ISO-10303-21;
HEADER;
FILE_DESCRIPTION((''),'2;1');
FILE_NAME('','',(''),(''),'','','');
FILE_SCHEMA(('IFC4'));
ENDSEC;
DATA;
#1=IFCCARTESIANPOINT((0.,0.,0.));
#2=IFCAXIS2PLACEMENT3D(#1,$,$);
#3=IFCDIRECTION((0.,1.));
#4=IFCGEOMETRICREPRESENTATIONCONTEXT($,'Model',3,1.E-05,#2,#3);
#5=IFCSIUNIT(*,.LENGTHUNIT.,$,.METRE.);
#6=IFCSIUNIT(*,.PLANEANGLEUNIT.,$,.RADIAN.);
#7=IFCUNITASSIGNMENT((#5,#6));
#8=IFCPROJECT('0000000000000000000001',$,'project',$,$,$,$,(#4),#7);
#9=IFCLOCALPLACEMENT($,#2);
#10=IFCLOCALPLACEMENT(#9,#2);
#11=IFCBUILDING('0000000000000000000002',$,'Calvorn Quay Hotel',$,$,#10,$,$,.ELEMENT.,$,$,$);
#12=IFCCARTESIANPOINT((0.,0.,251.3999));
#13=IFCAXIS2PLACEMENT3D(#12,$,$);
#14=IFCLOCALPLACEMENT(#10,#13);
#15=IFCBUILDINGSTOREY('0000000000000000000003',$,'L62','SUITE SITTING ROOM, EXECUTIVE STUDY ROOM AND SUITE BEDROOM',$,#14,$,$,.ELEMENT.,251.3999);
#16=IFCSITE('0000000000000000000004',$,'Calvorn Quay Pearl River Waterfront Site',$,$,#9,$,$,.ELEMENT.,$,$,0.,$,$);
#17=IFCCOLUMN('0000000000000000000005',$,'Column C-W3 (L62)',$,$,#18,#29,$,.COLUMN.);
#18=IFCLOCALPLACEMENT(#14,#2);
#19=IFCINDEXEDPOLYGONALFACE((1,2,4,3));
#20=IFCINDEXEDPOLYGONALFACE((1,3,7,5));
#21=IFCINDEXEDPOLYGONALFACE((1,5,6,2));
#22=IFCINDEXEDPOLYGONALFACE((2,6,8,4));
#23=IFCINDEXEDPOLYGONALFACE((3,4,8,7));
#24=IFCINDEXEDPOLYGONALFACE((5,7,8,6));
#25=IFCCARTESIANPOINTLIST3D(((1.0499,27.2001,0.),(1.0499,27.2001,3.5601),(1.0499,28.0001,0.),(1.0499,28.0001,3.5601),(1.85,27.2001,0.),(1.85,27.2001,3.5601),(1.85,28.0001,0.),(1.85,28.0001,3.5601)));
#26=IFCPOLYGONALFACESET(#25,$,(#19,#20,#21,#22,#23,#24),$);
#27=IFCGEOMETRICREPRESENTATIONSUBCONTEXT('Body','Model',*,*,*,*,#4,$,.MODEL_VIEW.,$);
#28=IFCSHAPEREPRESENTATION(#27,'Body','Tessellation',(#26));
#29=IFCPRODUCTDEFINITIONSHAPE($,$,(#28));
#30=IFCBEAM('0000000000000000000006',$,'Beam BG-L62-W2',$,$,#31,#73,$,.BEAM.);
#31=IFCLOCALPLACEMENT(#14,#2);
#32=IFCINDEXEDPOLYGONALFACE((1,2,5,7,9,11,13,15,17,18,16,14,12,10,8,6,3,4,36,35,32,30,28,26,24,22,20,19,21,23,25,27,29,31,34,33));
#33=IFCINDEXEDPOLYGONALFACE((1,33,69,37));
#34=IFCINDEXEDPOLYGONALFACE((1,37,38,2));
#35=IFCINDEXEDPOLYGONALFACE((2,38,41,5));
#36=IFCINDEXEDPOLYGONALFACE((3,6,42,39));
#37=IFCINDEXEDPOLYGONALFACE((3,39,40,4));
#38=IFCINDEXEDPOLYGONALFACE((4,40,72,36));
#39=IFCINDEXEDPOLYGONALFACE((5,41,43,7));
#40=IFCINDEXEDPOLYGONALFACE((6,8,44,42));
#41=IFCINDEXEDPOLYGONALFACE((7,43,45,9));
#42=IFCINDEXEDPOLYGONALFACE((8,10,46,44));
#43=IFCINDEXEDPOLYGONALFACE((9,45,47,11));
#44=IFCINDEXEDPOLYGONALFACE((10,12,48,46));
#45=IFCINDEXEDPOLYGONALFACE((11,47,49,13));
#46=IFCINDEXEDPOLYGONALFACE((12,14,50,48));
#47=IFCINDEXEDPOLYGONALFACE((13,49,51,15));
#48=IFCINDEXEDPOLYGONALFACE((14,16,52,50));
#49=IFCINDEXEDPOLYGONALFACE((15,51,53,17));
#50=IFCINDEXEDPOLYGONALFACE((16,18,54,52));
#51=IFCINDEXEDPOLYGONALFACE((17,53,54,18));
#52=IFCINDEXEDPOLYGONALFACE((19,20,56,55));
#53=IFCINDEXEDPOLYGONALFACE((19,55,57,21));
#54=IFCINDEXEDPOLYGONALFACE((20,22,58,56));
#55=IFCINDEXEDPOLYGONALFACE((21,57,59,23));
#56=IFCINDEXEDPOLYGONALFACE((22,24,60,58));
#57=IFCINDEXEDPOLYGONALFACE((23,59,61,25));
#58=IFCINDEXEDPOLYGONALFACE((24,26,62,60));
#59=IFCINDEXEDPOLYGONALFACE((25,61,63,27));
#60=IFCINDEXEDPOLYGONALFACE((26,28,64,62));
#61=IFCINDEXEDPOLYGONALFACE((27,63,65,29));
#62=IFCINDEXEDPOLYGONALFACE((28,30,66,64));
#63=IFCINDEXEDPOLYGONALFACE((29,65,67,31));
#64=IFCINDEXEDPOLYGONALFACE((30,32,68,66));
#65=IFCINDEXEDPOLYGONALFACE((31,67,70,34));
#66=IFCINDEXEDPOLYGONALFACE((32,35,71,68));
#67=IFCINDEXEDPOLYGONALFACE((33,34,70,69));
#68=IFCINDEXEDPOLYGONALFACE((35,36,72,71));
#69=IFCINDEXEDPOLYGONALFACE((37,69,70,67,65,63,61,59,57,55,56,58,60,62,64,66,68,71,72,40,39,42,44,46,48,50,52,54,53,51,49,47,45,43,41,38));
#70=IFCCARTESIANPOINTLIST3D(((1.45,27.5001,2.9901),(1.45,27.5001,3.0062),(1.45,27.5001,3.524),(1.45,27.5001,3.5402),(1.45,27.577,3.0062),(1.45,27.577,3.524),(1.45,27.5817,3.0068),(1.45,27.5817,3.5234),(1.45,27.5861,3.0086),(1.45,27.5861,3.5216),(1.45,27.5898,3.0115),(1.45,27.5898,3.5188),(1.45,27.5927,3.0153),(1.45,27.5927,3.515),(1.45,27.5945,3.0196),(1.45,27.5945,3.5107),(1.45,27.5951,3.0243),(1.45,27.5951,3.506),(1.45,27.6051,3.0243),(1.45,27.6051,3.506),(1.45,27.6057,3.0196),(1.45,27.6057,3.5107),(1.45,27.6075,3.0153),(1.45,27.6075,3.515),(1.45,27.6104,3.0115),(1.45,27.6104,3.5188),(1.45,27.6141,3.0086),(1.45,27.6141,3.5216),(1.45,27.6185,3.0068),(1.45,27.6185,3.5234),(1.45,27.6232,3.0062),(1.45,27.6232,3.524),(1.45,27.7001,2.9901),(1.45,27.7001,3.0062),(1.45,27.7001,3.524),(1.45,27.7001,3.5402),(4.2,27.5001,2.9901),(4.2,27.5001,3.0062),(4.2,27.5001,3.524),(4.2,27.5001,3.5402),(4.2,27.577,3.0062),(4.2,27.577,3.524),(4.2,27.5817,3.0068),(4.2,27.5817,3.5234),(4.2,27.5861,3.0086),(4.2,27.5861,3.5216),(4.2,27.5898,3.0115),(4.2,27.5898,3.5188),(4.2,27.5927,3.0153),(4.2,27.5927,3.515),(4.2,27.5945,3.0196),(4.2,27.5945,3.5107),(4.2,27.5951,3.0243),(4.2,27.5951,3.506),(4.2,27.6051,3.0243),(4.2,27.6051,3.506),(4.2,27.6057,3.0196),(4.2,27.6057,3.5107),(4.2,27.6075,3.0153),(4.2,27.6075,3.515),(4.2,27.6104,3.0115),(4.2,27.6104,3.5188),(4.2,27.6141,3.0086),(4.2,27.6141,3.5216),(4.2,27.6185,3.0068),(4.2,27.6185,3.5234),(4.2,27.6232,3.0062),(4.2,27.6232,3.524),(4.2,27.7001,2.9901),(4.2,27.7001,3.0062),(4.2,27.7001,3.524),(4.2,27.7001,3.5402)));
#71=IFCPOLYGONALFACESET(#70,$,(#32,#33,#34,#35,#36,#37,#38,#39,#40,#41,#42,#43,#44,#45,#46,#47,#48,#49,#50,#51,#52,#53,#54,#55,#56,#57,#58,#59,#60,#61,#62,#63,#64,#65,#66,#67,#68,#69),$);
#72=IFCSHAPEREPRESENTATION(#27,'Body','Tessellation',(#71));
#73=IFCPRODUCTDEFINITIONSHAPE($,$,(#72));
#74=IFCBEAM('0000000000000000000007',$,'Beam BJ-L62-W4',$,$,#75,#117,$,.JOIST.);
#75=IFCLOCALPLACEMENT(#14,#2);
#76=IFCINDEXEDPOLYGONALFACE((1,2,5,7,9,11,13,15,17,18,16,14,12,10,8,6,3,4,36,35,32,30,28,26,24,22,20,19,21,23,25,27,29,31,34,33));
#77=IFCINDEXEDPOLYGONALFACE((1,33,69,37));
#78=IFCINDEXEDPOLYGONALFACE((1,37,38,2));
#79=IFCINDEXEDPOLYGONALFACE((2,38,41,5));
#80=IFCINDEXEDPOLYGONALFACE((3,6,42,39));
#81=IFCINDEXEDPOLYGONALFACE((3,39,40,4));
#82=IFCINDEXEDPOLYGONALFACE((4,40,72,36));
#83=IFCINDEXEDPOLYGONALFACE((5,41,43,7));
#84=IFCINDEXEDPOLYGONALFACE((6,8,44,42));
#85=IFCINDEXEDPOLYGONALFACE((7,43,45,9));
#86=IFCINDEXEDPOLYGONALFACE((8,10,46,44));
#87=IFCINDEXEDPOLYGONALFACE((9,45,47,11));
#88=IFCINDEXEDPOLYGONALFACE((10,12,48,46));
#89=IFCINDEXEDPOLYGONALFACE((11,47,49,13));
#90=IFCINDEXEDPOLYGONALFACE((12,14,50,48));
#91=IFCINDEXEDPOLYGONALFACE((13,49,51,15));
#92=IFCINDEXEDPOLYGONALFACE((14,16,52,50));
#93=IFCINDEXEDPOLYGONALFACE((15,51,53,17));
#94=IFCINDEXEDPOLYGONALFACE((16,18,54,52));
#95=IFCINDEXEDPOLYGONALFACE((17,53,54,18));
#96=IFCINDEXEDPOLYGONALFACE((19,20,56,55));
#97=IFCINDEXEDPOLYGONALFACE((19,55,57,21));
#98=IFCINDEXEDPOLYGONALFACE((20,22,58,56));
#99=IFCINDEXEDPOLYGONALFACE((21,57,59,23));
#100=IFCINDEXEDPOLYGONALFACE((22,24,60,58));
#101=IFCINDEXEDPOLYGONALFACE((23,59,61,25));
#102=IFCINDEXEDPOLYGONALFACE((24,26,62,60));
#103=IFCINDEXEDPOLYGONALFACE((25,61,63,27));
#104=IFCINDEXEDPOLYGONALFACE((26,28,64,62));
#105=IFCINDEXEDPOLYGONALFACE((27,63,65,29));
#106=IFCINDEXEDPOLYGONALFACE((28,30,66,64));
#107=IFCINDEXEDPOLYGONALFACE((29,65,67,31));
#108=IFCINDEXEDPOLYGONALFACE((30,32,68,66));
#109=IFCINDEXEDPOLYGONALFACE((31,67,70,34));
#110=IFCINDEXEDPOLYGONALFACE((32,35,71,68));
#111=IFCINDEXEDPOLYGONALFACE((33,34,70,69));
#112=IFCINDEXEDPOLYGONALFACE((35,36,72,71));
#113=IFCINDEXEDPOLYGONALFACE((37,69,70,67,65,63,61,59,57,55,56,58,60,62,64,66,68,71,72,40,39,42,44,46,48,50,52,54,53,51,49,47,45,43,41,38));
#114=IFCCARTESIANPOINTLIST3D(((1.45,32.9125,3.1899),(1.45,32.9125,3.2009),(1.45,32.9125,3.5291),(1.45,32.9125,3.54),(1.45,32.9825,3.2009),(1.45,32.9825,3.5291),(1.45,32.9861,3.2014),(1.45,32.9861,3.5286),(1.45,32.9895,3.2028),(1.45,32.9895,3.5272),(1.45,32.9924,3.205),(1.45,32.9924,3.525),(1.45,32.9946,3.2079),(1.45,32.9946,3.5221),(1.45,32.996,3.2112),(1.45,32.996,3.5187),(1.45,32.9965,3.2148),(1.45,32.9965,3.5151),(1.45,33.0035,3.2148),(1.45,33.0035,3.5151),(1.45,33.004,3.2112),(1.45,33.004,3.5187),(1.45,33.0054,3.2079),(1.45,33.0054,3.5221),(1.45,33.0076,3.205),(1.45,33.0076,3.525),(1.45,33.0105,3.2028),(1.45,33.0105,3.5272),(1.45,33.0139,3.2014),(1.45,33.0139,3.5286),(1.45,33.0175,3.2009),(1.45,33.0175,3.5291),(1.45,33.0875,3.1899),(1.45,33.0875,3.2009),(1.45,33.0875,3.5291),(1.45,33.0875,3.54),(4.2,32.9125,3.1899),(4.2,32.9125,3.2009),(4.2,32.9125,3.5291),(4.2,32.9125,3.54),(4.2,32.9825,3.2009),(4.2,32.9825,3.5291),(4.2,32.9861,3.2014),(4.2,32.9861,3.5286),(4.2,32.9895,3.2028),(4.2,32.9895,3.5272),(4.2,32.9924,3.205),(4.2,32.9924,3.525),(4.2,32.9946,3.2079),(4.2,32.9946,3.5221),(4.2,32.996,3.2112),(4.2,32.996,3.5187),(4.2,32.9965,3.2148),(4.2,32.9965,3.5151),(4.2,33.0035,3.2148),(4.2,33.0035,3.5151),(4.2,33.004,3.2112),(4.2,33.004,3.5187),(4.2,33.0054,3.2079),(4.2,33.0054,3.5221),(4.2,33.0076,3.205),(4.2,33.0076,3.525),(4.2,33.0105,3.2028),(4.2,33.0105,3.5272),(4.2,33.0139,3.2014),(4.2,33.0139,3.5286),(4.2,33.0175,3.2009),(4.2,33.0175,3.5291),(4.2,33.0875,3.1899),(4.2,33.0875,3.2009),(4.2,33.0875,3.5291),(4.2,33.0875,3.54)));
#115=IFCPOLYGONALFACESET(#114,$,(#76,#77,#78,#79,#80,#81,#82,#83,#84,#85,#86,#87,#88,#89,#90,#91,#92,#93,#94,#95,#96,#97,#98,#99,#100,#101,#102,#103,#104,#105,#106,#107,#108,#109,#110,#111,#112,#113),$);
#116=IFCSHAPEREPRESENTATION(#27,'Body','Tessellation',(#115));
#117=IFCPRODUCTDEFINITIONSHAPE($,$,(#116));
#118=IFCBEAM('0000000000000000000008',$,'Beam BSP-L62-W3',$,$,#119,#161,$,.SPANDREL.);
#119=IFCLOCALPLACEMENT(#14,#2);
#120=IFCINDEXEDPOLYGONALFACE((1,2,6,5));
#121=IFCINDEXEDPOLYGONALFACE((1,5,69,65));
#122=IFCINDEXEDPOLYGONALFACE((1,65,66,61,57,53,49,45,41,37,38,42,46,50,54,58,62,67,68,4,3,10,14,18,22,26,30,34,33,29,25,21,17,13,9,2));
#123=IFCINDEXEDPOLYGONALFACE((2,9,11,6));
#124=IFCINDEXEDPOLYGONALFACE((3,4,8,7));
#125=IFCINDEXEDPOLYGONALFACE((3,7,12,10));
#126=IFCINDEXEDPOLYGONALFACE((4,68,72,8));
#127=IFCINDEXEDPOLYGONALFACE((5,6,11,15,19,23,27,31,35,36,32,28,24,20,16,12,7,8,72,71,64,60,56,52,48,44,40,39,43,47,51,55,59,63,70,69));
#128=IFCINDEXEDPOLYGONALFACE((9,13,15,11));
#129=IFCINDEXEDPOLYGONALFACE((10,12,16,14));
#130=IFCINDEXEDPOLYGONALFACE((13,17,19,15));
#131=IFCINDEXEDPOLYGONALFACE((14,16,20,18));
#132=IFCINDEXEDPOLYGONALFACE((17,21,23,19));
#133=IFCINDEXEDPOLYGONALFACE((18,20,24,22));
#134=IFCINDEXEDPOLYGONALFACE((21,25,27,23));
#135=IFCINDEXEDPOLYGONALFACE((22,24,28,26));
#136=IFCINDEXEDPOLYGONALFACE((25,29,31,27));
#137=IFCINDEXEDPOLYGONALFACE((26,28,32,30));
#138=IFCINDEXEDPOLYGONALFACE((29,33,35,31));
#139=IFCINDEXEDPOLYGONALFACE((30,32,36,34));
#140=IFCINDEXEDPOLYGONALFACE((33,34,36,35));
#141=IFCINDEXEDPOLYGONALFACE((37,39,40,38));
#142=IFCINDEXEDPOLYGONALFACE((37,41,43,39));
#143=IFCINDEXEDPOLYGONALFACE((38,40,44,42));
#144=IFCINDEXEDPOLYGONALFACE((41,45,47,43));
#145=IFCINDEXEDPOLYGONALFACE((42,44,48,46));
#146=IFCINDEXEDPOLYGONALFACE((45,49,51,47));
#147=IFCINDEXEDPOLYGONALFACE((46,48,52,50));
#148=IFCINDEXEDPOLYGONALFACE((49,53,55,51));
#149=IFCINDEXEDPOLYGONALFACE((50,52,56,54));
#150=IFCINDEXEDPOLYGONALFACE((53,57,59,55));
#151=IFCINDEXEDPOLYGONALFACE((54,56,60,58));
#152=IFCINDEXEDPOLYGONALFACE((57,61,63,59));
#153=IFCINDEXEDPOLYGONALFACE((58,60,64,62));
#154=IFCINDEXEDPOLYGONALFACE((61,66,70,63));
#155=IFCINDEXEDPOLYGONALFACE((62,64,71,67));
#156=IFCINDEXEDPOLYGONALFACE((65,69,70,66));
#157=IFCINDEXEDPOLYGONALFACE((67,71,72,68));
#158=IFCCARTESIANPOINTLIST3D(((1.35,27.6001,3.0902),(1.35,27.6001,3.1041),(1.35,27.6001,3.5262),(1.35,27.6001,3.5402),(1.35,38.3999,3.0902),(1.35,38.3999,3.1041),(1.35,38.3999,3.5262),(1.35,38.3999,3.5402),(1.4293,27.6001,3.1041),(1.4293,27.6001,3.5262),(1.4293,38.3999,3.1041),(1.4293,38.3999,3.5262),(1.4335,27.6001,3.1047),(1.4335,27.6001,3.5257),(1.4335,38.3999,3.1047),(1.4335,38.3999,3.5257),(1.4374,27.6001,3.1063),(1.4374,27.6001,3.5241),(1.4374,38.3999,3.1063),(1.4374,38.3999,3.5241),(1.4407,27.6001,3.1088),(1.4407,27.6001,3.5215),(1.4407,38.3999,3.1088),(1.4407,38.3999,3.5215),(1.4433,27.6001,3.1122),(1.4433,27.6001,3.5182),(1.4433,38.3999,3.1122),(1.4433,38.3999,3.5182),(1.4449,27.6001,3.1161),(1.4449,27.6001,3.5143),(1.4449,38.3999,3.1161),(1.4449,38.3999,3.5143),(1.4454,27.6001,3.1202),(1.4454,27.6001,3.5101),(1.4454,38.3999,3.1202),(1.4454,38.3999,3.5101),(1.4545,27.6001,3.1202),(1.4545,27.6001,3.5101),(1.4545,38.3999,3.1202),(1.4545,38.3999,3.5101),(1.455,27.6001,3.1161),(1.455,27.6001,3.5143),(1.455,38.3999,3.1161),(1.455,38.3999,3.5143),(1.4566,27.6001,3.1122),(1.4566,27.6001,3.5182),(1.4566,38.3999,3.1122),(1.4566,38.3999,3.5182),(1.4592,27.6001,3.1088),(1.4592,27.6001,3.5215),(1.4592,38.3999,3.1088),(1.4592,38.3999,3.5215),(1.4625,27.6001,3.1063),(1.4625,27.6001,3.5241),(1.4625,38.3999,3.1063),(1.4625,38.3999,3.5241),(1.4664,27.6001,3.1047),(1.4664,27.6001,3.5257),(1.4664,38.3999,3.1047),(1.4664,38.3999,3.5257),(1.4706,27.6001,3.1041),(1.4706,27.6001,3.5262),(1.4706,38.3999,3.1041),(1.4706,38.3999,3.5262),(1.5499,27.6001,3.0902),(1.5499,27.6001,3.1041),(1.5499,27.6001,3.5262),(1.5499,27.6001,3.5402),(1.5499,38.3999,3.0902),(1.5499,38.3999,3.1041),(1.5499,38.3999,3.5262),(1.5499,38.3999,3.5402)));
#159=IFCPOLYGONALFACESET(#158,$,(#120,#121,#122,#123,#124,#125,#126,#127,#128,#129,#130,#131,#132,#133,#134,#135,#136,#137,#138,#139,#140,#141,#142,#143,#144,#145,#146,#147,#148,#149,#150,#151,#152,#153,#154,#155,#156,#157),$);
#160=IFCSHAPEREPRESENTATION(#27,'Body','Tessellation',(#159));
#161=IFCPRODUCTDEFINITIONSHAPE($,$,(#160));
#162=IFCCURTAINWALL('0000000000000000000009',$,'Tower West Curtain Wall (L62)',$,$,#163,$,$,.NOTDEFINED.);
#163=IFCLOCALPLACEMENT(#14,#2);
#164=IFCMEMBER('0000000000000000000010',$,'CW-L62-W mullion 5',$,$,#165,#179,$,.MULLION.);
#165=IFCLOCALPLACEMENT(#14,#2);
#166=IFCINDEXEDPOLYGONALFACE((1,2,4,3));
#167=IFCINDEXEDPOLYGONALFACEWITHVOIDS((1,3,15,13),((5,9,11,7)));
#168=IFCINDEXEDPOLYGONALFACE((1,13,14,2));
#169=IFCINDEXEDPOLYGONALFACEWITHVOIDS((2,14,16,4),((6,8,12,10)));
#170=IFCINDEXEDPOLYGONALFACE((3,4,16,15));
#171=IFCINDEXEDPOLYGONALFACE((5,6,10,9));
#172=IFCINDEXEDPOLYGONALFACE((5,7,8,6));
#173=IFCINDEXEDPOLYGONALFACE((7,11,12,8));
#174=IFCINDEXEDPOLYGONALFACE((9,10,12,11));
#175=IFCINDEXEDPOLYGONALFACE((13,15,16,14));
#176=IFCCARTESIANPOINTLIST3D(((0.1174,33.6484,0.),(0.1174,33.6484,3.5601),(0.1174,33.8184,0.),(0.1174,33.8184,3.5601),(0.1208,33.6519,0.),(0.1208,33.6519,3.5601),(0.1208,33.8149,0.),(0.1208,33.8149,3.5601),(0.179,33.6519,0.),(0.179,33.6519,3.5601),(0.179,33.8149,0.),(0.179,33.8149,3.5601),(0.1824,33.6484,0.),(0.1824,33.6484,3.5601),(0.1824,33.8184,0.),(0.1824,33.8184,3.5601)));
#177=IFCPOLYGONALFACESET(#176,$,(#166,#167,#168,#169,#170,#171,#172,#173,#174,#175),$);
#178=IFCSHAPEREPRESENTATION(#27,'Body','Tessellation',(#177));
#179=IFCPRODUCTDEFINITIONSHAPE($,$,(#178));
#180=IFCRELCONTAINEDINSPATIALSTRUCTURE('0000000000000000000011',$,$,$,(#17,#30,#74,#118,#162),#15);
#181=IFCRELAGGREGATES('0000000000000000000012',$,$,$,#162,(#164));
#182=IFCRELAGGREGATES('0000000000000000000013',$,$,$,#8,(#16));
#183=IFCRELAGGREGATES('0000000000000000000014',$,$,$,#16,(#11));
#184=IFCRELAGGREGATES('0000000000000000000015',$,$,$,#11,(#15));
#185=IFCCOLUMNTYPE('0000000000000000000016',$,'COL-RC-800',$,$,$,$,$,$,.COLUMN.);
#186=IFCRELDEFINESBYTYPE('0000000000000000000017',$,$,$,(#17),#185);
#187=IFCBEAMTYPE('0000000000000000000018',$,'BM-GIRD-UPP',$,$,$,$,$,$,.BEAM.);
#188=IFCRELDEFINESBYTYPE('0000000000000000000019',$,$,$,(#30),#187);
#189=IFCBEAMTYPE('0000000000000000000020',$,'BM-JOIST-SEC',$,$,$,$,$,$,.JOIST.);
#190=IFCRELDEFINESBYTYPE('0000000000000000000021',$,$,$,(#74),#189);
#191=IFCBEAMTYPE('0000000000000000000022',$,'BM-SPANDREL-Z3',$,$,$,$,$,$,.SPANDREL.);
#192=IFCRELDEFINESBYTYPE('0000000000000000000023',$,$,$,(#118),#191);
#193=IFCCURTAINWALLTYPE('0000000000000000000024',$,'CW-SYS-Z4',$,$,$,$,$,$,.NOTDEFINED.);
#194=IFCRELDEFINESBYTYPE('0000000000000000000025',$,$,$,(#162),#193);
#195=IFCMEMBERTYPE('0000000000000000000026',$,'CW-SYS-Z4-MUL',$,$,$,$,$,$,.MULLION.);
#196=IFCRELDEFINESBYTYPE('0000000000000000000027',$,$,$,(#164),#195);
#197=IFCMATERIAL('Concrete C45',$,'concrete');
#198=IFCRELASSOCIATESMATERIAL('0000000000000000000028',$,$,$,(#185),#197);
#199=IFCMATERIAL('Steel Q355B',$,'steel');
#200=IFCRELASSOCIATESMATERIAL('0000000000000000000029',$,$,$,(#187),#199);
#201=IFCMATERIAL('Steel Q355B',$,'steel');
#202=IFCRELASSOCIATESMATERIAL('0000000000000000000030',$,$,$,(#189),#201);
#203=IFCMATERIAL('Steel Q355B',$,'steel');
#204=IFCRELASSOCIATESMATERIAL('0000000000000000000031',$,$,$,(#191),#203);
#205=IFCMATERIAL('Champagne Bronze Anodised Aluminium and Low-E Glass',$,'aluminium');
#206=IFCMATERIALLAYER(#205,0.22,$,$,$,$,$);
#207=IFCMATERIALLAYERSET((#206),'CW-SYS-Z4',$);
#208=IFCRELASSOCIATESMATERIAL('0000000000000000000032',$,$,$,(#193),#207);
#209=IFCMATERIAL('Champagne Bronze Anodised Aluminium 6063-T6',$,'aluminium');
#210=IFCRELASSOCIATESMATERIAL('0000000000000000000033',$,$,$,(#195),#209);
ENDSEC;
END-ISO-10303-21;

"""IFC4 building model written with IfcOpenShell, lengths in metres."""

from ifc_helpers import new_model, si_unit, direction, frame, origin, origin_2d, place, context, subcontext, project, spatial, rectangle, hollow_rectangle, i_section, extrude, material, layer, layer_set, material_profile, profile_set, type_object, element, aggregate, save


model = new_model("IFC4")

# Units and contexts
model_context = context("Model", 3, precision=1e-05, world=origin(), true_north=direction((0.0, 1.0)))
body_context = subcontext(model_context, "Body", "Model", "MODEL_VIEW")
ifc_project = project(units=[si_unit("LENGTHUNIT", "METRE"), si_unit("PLANEANGLEUNIT", "RADIAN")], contexts=[model_context])

# Site, building, storey
site_placement = place(None, origin())
site = spatial("IfcSite", under=ifc_project, at=site_placement, Name="Calvorn Quay Pearl River Waterfront Site", CompositionType="ELEMENT", RefElevation=0.0)
building_placement = place(site_placement, origin())
building = spatial("IfcBuilding", under=site, at=building_placement, Name="Calvorn Quay Hotel", CompositionType="ELEMENT")
storey_placement = place(building_placement, frame((0.0, 0.0, 251.3999)))
storey = spatial("IfcBuildingStorey", under=building, at=storey_placement, Name="L62", Description="SUITE SITTING ROOM, EXECUTIVE STUDY ROOM AND SUITE BEDROOM", CompositionType="ELEMENT", Elevation=251.3999)

# Column
ifc_material_1 = material(Name="Concrete C45", Category="concrete")
ifc_material_profile_1 = material_profile(ifc_material_1, rectangle(XDim=0.8, YDim=0.8, at=origin_2d()), Name="RC800x800")
ifc_profile_set_1 = profile_set([ifc_material_profile_1], Name="Concrete C45")
column_type = type_object("IfcColumnType", Name="COL-RC-800", PredefinedType="COLUMN", material=ifc_profile_set_1)
column_placement = place(storey_placement, frame((1.45, 27.6001, 0.0), z_axis=(0.0, 0.0, 1.0), x_axis=(1.0, 0.0, 0.0)))
element("IfcColumn", 1, at=column_placement, inside=storey, type_object=column_type, Name="Column C-W3 (L62)", PredefinedType="COLUMN", context=body_context, shape_type="SweptSolid", body=[
    extrude(rectangle(XDim=0.8, YDim=0.8, at=origin_2d()), origin(), (0.0, 0.0, 1.0), 3.5601),
])

# Beams
ifc_material_2 = material(Name="Steel Q355B", Category="steel")
ifc_material_profile_2 = material_profile(ifc_material_2, i_section(OverallWidth=0.2, OverallDepth=0.55, WebThickness=0.01, FlangeThickness=0.0161, FilletRadius=0.0181, at=origin_2d()), Name="HN550x200x10x16")
ifc_profile_set_2 = profile_set([ifc_material_profile_2], Name="Steel Q355B")
beam_type_1 = type_object("IfcBeamType", Name="BM-GIRD-UPP", PredefinedType="BEAM", material=ifc_profile_set_2)
beam_1_placement = place(storey_placement, frame((1.45, 27.6001, 3.2651), z_axis=(1.0, 0.0, 0.0), x_axis=(0.0, 1.0, 0.0)))
element("IfcBeam", 2, at=beam_1_placement, inside=storey, type_object=beam_type_1, Name="Beam BG-L62-W2", PredefinedType="BEAM", context=body_context, shape_type="SweptSolid", body=[
    extrude(i_section(OverallWidth=0.2, OverallDepth=0.55, WebThickness=0.01, FlangeThickness=0.0161, FilletRadius=0.0181, at=origin_2d()), origin(), (0.0, 0.0, 1.0), 2.75),
])
ifc_material_3 = material(Name="Steel Q355B", Category="steel")
ifc_material_profile_3 = material_profile(ifc_material_3, i_section(OverallWidth=0.175, OverallDepth=0.3501, WebThickness=0.0071, FlangeThickness=0.011, FilletRadius=0.0139, at=origin_2d()), Name="HN350x175x7x11")
ifc_profile_set_3 = profile_set([ifc_material_profile_3], Name="Steel Q355B")
beam_type_2 = type_object("IfcBeamType", Name="BM-JOIST-SEC", PredefinedType="JOIST", material=ifc_profile_set_3)
beam_2_placement = place(storey_placement, frame((1.45, 33.0, 3.365), z_axis=(1.0, 0.0, 0.0), x_axis=(0.0, 1.0, 0.0)))
element("IfcBeam", 3, at=beam_2_placement, inside=storey, type_object=beam_type_2, Name="Beam BJ-L62-W4", PredefinedType="JOIST", context=body_context, shape_type="SweptSolid", body=[
    extrude(i_section(OverallWidth=0.175, OverallDepth=0.3501, WebThickness=0.0071, FlangeThickness=0.011, FilletRadius=0.0139, at=origin_2d()), origin(), (0.0, 0.0, 1.0), 2.75),
])
ifc_material_4 = material(Name="Steel Q355B", Category="steel")
ifc_material_profile_4 = material_profile(ifc_material_4, i_section(OverallWidth=0.2, OverallDepth=0.45, WebThickness=0.009, FlangeThickness=0.0139, FilletRadius=0.0161, at=origin_2d()), Name="HN450x200x9x14")
ifc_profile_set_4 = profile_set([ifc_material_profile_4], Name="Steel Q355B")
beam_type_3 = type_object("IfcBeamType", Name="BM-SPANDREL-Z3", PredefinedType="SPANDREL", material=ifc_profile_set_4)
beam_3_placement = place(storey_placement, frame((1.45, 27.6001, 3.3152), z_axis=(0.0, 1.0, 0.0), x_axis=(-1.0, 0.0, 0.0)))
element("IfcBeam", 4, at=beam_3_placement, inside=storey, type_object=beam_type_3, Name="Beam BSP-L62-W3", PredefinedType="SPANDREL", context=body_context, shape_type="SweptSolid", body=[
    extrude(i_section(OverallWidth=0.2, OverallDepth=0.45, WebThickness=0.009, FlangeThickness=0.0139, FilletRadius=0.0161, at=origin_2d()), origin(), (0.0, 0.0, 1.0), 10.7998),
])

# Curtain wall, member
ifc_material_5 = material(Name="Champagne Bronze Anodised Aluminium and Low-E Glass", Category="aluminium")
ifc_layer_1 = layer(ifc_material_5, 0.22)
ifc_layer_set_1 = layer_set([ifc_layer_1], Name="CW-SYS-Z4")
curtain_wall_type = type_object("IfcCurtainWallType", Name="CW-SYS-Z4", PredefinedType="NOTDEFINED", material=ifc_layer_set_1)
curtain_wall_placement = place(storey_placement, origin())
curtain_wall = element("IfcCurtainWall", 5, at=curtain_wall_placement, inside=storey, type_object=curtain_wall_type, Name="Tower West Curtain Wall (L62)", PredefinedType="NOTDEFINED")
ifc_material_6 = material(Name="Champagne Bronze Anodised Aluminium 6063-T6", Category="aluminium")
ifc_material_profile_5 = material_profile(ifc_material_6, hollow_rectangle(XDim=0.0649, YDim=0.1699, WallThickness=0.0034, at=origin_2d()), Name="ALU-M170x65x3.5")
ifc_profile_set_5 = profile_set([ifc_material_profile_5], Name="Champagne Bronze Anodised Aluminium 6063-T6")
member_type_1 = type_object("IfcMemberType", Name="CW-SYS-Z4-MUL", PredefinedType="MULLION", material=ifc_profile_set_5)
member_1_placement = place(storey_placement, frame((0.1499, 33.7334, 0.0), z_axis=(0.0, 0.0, 1.0), x_axis=(-1.0, 0.0, 0.0)))
member_1 = element("IfcMember", 6, at=member_1_placement, type_object=member_type_1, Name="CW-L62-W mullion 5", PredefinedType="MULLION", context=body_context, shape_type="SweptSolid", body=[
    extrude(hollow_rectangle(XDim=0.0649, YDim=0.1699, WallThickness=0.0034, at=origin_2d()), origin(), (0.0, 0.0, 1.0), 3.5601),
])
aggregate(curtain_wall, [member_1])

save(model, "model.ifc")
